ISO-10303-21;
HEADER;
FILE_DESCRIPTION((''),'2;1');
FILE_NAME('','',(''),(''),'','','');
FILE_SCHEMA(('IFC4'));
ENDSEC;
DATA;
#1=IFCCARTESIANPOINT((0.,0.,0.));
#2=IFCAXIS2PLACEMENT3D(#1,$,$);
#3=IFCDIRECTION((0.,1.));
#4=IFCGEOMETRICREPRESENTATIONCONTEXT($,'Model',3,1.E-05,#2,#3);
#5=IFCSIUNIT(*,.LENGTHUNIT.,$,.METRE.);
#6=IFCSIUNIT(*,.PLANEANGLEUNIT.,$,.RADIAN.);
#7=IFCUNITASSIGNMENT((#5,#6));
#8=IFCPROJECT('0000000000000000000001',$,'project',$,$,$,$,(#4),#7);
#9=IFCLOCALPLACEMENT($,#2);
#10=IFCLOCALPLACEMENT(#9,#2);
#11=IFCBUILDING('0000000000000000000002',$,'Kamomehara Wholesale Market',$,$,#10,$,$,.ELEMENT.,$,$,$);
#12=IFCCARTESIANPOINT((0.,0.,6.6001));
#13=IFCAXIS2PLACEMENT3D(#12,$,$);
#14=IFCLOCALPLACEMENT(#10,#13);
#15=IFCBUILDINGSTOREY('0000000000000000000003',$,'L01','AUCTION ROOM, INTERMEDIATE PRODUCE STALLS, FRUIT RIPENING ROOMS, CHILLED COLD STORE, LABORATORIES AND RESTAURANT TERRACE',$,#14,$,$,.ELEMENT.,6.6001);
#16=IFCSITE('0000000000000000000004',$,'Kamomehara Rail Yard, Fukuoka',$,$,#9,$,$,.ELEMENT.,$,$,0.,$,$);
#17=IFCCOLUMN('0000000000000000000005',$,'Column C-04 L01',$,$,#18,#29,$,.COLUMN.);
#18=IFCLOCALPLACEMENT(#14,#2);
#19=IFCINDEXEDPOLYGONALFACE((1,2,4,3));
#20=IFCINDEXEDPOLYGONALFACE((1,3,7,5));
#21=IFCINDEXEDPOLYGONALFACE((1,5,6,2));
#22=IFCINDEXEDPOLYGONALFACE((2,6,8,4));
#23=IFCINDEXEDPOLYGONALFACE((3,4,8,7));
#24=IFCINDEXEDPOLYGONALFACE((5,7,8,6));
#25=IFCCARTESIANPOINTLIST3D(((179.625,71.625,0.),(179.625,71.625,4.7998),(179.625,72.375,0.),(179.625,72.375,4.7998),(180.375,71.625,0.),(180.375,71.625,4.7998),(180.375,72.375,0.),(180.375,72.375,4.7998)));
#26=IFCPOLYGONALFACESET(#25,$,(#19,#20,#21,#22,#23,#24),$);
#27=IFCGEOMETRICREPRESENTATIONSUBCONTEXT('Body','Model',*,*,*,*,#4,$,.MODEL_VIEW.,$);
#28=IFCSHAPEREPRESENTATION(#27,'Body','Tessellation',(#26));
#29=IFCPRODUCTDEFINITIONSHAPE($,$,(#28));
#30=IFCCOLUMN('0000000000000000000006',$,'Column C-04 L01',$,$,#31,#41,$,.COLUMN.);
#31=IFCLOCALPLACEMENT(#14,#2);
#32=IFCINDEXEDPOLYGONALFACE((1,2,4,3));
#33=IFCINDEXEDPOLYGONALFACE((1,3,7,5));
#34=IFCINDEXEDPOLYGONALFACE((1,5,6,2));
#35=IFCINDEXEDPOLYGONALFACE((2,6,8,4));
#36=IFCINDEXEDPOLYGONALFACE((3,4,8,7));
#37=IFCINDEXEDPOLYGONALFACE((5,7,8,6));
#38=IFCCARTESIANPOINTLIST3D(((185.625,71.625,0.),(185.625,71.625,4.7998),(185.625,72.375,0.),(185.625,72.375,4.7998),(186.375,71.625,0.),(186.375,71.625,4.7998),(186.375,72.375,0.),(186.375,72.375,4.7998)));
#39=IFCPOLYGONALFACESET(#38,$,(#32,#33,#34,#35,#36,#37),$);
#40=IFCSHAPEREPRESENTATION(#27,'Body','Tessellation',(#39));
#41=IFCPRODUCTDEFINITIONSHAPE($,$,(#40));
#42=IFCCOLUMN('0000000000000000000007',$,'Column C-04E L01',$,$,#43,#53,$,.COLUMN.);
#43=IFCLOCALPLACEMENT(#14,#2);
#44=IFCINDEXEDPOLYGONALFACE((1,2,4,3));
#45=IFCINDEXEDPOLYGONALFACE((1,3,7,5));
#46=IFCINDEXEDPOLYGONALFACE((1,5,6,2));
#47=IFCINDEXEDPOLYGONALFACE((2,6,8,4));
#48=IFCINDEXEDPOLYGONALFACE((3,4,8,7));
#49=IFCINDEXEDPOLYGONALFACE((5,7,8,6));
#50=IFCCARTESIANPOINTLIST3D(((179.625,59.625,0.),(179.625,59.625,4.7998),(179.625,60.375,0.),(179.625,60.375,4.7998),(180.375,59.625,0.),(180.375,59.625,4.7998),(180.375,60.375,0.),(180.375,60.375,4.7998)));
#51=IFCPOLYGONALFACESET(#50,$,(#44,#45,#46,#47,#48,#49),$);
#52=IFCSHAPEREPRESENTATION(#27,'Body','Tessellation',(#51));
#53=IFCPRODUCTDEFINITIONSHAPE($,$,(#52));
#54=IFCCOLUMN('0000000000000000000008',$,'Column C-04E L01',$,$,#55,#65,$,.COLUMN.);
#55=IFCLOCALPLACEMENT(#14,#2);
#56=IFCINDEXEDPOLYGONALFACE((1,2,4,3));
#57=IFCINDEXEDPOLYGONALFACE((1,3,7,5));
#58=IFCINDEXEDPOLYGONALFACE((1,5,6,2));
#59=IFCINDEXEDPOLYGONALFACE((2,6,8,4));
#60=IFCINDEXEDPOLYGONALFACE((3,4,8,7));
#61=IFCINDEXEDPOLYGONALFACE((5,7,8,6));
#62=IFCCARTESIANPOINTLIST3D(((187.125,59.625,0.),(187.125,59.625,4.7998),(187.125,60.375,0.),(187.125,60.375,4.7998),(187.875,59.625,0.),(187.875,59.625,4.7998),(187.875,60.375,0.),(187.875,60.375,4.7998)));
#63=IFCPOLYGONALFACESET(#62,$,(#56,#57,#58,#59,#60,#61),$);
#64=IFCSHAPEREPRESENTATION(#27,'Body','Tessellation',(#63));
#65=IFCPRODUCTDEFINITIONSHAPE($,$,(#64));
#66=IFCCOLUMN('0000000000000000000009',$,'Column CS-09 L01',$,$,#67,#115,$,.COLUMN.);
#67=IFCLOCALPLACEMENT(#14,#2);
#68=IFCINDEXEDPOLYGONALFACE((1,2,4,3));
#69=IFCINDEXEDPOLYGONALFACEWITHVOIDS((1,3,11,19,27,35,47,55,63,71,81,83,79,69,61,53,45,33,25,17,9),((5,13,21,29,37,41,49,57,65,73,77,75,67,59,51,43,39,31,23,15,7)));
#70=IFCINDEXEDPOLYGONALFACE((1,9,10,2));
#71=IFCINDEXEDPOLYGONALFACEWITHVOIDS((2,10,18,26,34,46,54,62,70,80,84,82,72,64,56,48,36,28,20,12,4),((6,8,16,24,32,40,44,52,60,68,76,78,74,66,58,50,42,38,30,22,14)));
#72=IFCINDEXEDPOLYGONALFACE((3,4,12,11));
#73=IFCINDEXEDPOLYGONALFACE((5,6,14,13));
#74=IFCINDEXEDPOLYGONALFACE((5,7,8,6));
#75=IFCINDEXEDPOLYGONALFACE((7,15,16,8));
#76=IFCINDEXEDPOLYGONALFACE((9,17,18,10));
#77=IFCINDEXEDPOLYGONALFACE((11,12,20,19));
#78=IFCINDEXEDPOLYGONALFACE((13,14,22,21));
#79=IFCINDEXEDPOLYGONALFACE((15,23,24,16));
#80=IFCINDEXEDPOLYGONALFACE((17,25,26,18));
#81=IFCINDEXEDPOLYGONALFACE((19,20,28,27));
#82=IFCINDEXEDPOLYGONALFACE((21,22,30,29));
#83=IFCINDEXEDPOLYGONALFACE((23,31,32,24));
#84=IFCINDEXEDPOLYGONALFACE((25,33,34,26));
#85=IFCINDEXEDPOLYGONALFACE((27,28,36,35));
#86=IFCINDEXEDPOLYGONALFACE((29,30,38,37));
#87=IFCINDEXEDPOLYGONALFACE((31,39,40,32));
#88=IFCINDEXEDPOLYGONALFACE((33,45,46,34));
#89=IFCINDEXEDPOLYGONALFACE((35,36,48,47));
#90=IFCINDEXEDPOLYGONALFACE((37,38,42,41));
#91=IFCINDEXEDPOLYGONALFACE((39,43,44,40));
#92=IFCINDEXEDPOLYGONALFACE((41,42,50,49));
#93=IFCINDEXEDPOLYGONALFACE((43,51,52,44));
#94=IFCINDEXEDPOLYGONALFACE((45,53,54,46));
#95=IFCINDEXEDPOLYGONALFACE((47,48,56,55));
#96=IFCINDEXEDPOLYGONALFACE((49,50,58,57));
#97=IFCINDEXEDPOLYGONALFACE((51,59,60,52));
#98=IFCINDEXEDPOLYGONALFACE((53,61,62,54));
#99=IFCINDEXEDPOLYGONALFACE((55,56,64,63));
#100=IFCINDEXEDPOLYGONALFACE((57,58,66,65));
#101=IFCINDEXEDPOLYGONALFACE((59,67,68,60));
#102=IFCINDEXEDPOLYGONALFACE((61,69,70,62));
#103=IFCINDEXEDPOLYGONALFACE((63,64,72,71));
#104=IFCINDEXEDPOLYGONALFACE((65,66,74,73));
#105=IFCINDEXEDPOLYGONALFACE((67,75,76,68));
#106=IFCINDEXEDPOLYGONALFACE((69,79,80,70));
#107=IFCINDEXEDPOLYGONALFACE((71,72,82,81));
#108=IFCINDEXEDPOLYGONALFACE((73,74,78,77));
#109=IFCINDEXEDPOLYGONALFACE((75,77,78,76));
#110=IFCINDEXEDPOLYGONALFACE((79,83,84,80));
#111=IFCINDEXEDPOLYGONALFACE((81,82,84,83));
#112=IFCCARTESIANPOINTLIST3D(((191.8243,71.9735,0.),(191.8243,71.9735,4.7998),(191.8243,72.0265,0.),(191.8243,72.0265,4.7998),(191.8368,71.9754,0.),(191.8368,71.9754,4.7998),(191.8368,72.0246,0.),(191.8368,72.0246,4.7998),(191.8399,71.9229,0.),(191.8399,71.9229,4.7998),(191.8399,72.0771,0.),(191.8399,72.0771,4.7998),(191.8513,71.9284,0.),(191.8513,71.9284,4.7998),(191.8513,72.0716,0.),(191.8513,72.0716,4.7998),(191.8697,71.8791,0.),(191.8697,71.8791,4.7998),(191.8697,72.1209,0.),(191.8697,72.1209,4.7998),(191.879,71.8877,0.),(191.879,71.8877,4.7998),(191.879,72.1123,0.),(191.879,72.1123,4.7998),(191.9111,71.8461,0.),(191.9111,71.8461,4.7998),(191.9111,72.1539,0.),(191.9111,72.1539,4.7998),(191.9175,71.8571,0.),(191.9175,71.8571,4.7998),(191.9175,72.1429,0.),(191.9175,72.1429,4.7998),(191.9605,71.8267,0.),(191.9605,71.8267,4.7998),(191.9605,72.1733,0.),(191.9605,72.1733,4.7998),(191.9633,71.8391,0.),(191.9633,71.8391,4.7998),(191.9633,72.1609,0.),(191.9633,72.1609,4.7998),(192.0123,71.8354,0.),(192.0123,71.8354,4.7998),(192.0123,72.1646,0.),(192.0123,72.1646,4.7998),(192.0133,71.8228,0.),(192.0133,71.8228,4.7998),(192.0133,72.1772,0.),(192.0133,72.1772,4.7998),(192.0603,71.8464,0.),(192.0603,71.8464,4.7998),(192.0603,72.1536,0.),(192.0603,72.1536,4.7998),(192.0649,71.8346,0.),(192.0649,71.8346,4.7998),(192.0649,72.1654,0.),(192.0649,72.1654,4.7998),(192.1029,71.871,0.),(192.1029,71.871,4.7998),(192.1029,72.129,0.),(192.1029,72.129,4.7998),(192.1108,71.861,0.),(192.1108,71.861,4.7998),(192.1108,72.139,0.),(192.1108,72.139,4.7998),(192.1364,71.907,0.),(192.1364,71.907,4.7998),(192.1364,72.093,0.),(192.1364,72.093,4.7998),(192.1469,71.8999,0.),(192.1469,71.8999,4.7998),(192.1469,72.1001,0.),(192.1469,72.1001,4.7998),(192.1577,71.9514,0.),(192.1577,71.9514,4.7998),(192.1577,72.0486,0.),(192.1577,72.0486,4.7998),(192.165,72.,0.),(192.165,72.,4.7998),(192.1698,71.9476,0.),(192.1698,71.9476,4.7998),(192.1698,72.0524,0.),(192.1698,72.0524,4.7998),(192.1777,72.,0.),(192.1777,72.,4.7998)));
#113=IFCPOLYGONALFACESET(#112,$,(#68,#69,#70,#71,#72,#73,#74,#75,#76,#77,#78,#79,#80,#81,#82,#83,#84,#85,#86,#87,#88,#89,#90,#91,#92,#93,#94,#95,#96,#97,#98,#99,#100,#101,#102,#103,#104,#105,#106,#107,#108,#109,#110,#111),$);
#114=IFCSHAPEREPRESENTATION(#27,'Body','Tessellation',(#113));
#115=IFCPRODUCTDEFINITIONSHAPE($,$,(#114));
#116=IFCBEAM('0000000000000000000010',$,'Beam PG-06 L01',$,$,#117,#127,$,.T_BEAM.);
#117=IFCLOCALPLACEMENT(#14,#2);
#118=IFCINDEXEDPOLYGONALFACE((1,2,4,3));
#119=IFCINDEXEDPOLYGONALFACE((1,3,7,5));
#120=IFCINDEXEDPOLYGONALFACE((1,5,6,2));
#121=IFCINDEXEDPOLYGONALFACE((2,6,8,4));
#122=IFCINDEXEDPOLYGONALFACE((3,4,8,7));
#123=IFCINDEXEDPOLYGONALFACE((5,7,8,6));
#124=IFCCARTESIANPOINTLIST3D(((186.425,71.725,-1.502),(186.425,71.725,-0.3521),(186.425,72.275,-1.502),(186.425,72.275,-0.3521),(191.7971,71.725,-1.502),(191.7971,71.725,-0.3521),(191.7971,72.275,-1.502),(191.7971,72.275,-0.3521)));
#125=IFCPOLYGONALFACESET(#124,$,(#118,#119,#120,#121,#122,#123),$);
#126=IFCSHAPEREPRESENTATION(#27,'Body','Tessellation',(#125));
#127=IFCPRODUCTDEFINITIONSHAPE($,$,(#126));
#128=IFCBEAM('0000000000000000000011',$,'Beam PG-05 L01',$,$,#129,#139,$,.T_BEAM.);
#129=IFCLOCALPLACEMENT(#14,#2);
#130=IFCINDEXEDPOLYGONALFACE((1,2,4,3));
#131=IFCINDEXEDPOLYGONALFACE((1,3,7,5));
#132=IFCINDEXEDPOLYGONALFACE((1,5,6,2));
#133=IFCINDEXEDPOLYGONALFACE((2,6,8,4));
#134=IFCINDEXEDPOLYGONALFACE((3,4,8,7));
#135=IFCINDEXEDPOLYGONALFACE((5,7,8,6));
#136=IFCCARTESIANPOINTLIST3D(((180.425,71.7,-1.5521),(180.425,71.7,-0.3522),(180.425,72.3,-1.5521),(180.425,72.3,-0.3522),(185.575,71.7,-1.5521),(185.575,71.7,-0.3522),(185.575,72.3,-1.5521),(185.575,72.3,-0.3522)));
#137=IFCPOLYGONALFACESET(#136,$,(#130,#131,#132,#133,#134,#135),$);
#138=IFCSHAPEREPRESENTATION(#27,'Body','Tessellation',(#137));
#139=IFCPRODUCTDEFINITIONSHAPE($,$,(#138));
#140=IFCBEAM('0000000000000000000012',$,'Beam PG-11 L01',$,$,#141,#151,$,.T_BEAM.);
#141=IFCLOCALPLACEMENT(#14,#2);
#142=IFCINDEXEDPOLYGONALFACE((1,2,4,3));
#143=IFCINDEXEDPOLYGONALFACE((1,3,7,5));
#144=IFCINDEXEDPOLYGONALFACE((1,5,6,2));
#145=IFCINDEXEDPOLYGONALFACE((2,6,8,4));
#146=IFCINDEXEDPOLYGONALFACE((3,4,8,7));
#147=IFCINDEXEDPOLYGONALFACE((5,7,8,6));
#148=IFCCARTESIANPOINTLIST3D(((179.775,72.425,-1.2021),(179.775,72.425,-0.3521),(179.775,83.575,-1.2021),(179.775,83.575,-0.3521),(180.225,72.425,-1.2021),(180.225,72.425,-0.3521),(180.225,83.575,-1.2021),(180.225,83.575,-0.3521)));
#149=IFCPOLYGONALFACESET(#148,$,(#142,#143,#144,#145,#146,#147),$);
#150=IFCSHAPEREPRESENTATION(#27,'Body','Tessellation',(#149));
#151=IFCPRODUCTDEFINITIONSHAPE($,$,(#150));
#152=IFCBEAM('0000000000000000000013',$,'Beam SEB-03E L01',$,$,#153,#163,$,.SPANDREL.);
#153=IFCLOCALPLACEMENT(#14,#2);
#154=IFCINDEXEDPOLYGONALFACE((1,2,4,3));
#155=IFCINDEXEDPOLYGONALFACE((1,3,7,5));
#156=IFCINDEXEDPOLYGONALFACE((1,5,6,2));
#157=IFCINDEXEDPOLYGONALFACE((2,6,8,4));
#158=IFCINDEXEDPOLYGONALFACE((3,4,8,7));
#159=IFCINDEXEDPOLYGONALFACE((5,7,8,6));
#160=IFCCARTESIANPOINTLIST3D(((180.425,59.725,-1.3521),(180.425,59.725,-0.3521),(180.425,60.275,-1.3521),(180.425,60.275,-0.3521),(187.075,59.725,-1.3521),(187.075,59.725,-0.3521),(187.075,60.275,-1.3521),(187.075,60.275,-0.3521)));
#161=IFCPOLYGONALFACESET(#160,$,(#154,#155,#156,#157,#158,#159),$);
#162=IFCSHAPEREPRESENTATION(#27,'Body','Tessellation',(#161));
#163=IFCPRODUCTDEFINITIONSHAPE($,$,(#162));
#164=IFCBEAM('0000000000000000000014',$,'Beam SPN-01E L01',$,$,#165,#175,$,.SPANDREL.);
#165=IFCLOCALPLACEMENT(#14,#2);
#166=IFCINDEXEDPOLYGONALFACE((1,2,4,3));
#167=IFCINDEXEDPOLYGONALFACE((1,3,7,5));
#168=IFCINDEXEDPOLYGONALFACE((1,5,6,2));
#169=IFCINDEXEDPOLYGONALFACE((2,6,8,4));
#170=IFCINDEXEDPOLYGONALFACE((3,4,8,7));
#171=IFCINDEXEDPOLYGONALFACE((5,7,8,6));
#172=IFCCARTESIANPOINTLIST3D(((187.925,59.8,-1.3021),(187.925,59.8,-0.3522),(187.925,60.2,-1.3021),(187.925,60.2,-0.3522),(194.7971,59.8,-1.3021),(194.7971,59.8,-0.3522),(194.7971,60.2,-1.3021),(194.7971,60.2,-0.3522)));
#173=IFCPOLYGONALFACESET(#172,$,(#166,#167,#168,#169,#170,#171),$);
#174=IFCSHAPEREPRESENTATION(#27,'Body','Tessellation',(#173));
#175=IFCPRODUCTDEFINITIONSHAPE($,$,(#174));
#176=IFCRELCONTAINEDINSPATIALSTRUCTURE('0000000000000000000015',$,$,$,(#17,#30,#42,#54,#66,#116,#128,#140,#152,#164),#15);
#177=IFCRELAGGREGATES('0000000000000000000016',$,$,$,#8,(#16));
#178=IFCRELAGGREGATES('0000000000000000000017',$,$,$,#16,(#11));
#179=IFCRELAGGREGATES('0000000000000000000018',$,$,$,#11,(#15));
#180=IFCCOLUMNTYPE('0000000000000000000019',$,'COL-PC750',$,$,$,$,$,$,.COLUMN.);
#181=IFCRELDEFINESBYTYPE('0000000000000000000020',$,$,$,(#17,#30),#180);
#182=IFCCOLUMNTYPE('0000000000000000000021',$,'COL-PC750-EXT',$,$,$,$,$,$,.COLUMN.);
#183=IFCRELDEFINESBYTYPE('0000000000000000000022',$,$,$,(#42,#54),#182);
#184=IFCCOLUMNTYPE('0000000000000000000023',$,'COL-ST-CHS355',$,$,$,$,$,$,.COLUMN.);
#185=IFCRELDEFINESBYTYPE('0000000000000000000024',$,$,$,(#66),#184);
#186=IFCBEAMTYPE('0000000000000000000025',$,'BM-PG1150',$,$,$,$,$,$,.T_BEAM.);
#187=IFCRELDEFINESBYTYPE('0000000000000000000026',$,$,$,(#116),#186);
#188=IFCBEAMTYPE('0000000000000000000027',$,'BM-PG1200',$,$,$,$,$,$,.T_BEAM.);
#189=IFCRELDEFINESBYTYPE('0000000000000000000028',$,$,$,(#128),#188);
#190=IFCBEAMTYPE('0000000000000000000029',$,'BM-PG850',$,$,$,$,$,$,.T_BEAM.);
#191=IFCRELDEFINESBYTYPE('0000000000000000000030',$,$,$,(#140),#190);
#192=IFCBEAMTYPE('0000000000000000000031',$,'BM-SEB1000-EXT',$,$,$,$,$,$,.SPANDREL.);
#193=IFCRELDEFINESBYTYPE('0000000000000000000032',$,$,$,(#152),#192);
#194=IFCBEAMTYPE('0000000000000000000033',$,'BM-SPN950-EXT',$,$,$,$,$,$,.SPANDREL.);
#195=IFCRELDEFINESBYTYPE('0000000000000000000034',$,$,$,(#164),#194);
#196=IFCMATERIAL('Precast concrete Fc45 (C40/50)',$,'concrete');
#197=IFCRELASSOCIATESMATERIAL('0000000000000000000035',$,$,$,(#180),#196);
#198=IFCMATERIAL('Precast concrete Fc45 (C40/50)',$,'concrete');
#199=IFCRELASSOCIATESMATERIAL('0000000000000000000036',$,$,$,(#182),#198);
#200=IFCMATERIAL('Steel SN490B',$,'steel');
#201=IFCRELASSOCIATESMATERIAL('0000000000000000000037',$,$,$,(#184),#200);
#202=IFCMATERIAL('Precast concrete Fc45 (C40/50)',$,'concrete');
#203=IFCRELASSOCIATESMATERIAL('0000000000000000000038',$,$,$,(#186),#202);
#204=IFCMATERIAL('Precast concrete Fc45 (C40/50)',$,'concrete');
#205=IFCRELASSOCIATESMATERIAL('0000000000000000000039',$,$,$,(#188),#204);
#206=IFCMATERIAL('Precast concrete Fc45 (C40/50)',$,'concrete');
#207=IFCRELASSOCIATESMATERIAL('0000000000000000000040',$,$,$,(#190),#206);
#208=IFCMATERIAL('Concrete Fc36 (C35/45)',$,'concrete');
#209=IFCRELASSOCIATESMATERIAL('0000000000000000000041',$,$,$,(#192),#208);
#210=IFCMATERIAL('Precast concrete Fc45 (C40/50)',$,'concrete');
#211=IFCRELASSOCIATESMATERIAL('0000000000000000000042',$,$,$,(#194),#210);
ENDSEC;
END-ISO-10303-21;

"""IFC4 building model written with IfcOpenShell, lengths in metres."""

from ifc_helpers import new_model, si_unit, direction, frame, origin, origin_2d, place, context, subcontext, project, spatial, rectangle, hollow_circle, extrude, material, material_profile, profile_set, type_object, element, save


model = new_model("IFC4")

# Units and contexts
model_context = context("Model", 3, precision=1e-05, world=origin(), true_north=direction((0.0, 1.0)))
body_context = subcontext(model_context, "Body", "Model", "MODEL_VIEW")
ifc_project = project(units=[si_unit("LENGTHUNIT", "METRE"), si_unit("PLANEANGLEUNIT", "RADIAN")], contexts=[model_context])

# Site, building, storey
site_placement = place(None, origin())
site = spatial("IfcSite", under=ifc_project, at=site_placement, Name="Kamomehara Rail Yard, Fukuoka", CompositionType="ELEMENT", RefElevation=0.0)
building_placement = place(site_placement, origin())
building = spatial("IfcBuilding", under=site, at=building_placement, Name="Kamomehara Wholesale Market", CompositionType="ELEMENT")
storey_placement = place(building_placement, frame((0.0, 0.0, 6.6001)))
storey = spatial("IfcBuildingStorey", under=building, at=storey_placement, Name="L01", Description="AUCTION ROOM, INTERMEDIATE PRODUCE STALLS, FRUIT RIPENING ROOMS, CHILLED COLD STORE, LABORATORIES AND RESTAURANT TERRACE", CompositionType="ELEMENT", Elevation=6.6001)

# Columns
ifc_material_1 = material(Name="Precast concrete Fc45 (C40/50)", Category="concrete")
ifc_material_profile_1 = material_profile(ifc_material_1, rectangle(XDim=0.75, YDim=0.75, at=origin_2d()), Name="PC-COL-750x750")
ifc_profile_set_1 = profile_set([ifc_material_profile_1], Name="Precast concrete Fc45 (C40/50)")
column_type_1 = type_object("IfcColumnType", Name="COL-PC750", PredefinedType="COLUMN", material=ifc_profile_set_1)
for number, where, z_axis, x_axis, name in (
    (1, (180.0, 72.0, 0.0), (0.0, 0.0, 1.0), (1.0, 0.0, 0.0), "Column C-04 L01"),
    (2, (186.0, 72.0, 0.0), (0.0, 0.0, 1.0), (1.0, 0.0, 0.0), "Column C-04 L01"),
):
    element("IfcColumn", number, at=place(storey_placement, frame(where, z_axis=z_axis, x_axis=x_axis)), inside=storey, type_object=column_type_1, Name=name, PredefinedType="COLUMN", context=body_context, shape_type="SweptSolid", body=[
        extrude(rectangle(XDim=0.75, YDim=0.75, at=origin_2d()), origin(), (0.0, 0.0, 1.0), 4.7998),
    ])
ifc_material_2 = material(Name="Precast concrete Fc45 (C40/50)", Category="concrete")
ifc_material_profile_2 = material_profile(ifc_material_2, rectangle(XDim=0.75, YDim=0.75, at=origin_2d()), Name="PC-COL-750x750")
ifc_profile_set_2 = profile_set([ifc_material_profile_2], Name="Precast concrete Fc45 (C40/50)")
column_type_2 = type_object("IfcColumnType", Name="COL-PC750-EXT", PredefinedType="COLUMN", material=ifc_profile_set_2)
for number, where, z_axis, x_axis, name in (
    (3, (180.0, 60.0, 0.0), (0.0, 0.0, 1.0), (1.0, 0.0, 0.0), "Column C-04E L01"),
    (4, (187.5, 60.0, 0.0), (0.0, 0.0, 1.0), (1.0, 0.0, 0.0), "Column C-04E L01"),
):
    element("IfcColumn", number, at=place(storey_placement, frame(where, z_axis=z_axis, x_axis=x_axis)), inside=storey, type_object=column_type_2, Name=name, PredefinedType="COLUMN", context=body_context, shape_type="SweptSolid", body=[
        extrude(rectangle(XDim=0.75, YDim=0.75, at=origin_2d()), origin(), (0.0, 0.0, 1.0), 4.7998),
    ])
ifc_material_3 = material(Name="Steel SN490B", Category="steel")
ifc_material_profile_3 = material_profile(ifc_material_3, hollow_circle(Radius=0.1777, WallThickness=0.0127, at=origin_2d()), Name="CHS-355.6x12.7")
ifc_profile_set_3 = profile_set([ifc_material_profile_3], Name="Steel SN490B")
column_type_3 = type_object("IfcColumnType", Name="COL-ST-CHS355", PredefinedType="COLUMN", material=ifc_profile_set_3)
column_placement = place(storey_placement, frame((192.0, 72.0, 0.0), z_axis=(0.0, 0.0, 1.0), x_axis=(1.0, 0.0, 0.0)))
element("IfcColumn", 5, at=column_placement, inside=storey, type_object=column_type_3, Name="Column CS-09 L01", PredefinedType="COLUMN", context=body_context, shape_type="SweptSolid", body=[
    extrude(hollow_circle(Radius=0.1777, WallThickness=0.0127, at=origin_2d()), origin(), (0.0, 0.0, 1.0), 4.7998),
])

# Beams
ifc_material_4 = material(Name="Precast concrete Fc45 (C40/50)", Category="concrete")
ifc_material_profile_4 = material_profile(ifc_material_4, rectangle(XDim=0.55, YDim=1.1499, at=origin_2d()), Name="PC-GRD-550x1150")
ifc_profile_set_4 = profile_set([ifc_material_profile_4], Name="Precast concrete Fc45 (C40/50)")
beam_type_1 = type_object("IfcBeamType", Name="BM-PG1150", PredefinedType="T_BEAM", material=ifc_profile_set_4)
beam_1_placement = place(storey_placement, frame((186.425, 72.0, -0.927), z_axis=(1.0, 0.0, 0.0), x_axis=(0.0, 1.0, 0.0)))
element("IfcBeam", 6, at=beam_1_placement, inside=storey, type_object=beam_type_1, Name="Beam PG-06 L01", PredefinedType="T_BEAM", context=body_context, shape_type="SweptSolid", body=[
    extrude(rectangle(XDim=0.55, YDim=1.1499, at=origin_2d()), origin(), (0.0, 0.0, 1.0), 5.3721),
])
ifc_material_5 = material(Name="Precast concrete Fc45 (C40/50)", Category="concrete")
ifc_material_profile_5 = material_profile(ifc_material_5, rectangle(XDim=0.6001, YDim=1.2, at=origin_2d()), Name="PC-GRD-600x1200")
ifc_profile_set_5 = profile_set([ifc_material_profile_5], Name="Precast concrete Fc45 (C40/50)")
beam_type_2 = type_object("IfcBeamType", Name="BM-PG1200", PredefinedType="T_BEAM", material=ifc_profile_set_5)
beam_2_placement = place(storey_placement, frame((180.425, 72.0, -0.9521), z_axis=(1.0, 0.0, 0.0), x_axis=(0.0, 1.0, 0.0)))
element("IfcBeam", 7, at=beam_2_placement, inside=storey, type_object=beam_type_2, Name="Beam PG-05 L01", PredefinedType="T_BEAM", context=body_context, shape_type="SweptSolid", body=[
    extrude(rectangle(XDim=0.6001, YDim=1.2, at=origin_2d()), origin(), (0.0, 0.0, 1.0), 5.1499),
])
ifc_material_6 = material(Name="Precast concrete Fc45 (C40/50)", Category="concrete")
ifc_material_profile_6 = material_profile(ifc_material_6, rectangle(XDim=0.45, YDim=0.8501, at=origin_2d()), Name="PC-GRD-450x850")
ifc_profile_set_6 = profile_set([ifc_material_profile_6], Name="Precast concrete Fc45 (C40/50)")
beam_type_3 = type_object("IfcBeamType", Name="BM-PG850", PredefinedType="T_BEAM", material=ifc_profile_set_6)
beam_3_placement = place(storey_placement, frame((180.0, 72.425, -0.7771), z_axis=(0.0, 1.0, 0.0), x_axis=(-1.0, 0.0, 0.0)))
element("IfcBeam", 8, at=beam_3_placement, inside=storey, type_object=beam_type_3, Name="Beam PG-11 L01", PredefinedType="T_BEAM", context=body_context, shape_type="SweptSolid", body=[
    extrude(rectangle(XDim=0.45, YDim=0.8501, at=origin_2d()), origin(), (0.0, 0.0, 1.0), 11.1499),
])
ifc_material_7 = material(Name="Concrete Fc36 (C35/45)", Category="concrete")
ifc_material_profile_7 = material_profile(ifc_material_7, rectangle(XDim=0.55, YDim=1.0, at=origin_2d()), Name="RC-SEB-550x1000")
ifc_profile_set_7 = profile_set([ifc_material_profile_7], Name="Concrete Fc36 (C35/45)")
beam_type_4 = type_object("IfcBeamType", Name="BM-SEB1000-EXT", PredefinedType="SPANDREL", material=ifc_profile_set_7)
beam_4_placement = place(storey_placement, frame((180.425, 60.0, -0.8521), z_axis=(1.0, 0.0, 0.0), x_axis=(0.0, 1.0, 0.0)))
element("IfcBeam", 9, at=beam_4_placement, inside=storey, type_object=beam_type_4, Name="Beam SEB-03E L01", PredefinedType="SPANDREL", context=body_context, shape_type="SweptSolid", body=[
    extrude(rectangle(XDim=0.55, YDim=1.0, at=origin_2d()), origin(), (0.0, 0.0, 1.0), 6.6499),
])
ifc_material_8 = material(Name="Precast concrete Fc45 (C40/50)", Category="concrete")
ifc_material_profile_8 = material_profile(ifc_material_8, rectangle(XDim=0.3999, YDim=0.95, at=origin_2d()), Name="PC-SPN-400x950")
ifc_profile_set_8 = profile_set([ifc_material_profile_8], Name="Precast concrete Fc45 (C40/50)")
beam_type_5 = type_object("IfcBeamType", Name="BM-SPN950-EXT", PredefinedType="SPANDREL", material=ifc_profile_set_8)
beam_5_placement = place(storey_placement, frame((187.925, 60.0, -0.8271), z_axis=(1.0, 0.0, 0.0), x_axis=(0.0, 1.0, 0.0)))
element("IfcBeam", 10, at=beam_5_placement, inside=storey, type_object=beam_type_5, Name="Beam SPN-01E L01", PredefinedType="SPANDREL", context=body_context, shape_type="SweptSolid", body=[
    extrude(rectangle(XDim=0.3999, YDim=0.95, at=origin_2d()), origin(), (0.0, 0.0, 1.0), 6.8721),
])

save(model, "model.ifc")
